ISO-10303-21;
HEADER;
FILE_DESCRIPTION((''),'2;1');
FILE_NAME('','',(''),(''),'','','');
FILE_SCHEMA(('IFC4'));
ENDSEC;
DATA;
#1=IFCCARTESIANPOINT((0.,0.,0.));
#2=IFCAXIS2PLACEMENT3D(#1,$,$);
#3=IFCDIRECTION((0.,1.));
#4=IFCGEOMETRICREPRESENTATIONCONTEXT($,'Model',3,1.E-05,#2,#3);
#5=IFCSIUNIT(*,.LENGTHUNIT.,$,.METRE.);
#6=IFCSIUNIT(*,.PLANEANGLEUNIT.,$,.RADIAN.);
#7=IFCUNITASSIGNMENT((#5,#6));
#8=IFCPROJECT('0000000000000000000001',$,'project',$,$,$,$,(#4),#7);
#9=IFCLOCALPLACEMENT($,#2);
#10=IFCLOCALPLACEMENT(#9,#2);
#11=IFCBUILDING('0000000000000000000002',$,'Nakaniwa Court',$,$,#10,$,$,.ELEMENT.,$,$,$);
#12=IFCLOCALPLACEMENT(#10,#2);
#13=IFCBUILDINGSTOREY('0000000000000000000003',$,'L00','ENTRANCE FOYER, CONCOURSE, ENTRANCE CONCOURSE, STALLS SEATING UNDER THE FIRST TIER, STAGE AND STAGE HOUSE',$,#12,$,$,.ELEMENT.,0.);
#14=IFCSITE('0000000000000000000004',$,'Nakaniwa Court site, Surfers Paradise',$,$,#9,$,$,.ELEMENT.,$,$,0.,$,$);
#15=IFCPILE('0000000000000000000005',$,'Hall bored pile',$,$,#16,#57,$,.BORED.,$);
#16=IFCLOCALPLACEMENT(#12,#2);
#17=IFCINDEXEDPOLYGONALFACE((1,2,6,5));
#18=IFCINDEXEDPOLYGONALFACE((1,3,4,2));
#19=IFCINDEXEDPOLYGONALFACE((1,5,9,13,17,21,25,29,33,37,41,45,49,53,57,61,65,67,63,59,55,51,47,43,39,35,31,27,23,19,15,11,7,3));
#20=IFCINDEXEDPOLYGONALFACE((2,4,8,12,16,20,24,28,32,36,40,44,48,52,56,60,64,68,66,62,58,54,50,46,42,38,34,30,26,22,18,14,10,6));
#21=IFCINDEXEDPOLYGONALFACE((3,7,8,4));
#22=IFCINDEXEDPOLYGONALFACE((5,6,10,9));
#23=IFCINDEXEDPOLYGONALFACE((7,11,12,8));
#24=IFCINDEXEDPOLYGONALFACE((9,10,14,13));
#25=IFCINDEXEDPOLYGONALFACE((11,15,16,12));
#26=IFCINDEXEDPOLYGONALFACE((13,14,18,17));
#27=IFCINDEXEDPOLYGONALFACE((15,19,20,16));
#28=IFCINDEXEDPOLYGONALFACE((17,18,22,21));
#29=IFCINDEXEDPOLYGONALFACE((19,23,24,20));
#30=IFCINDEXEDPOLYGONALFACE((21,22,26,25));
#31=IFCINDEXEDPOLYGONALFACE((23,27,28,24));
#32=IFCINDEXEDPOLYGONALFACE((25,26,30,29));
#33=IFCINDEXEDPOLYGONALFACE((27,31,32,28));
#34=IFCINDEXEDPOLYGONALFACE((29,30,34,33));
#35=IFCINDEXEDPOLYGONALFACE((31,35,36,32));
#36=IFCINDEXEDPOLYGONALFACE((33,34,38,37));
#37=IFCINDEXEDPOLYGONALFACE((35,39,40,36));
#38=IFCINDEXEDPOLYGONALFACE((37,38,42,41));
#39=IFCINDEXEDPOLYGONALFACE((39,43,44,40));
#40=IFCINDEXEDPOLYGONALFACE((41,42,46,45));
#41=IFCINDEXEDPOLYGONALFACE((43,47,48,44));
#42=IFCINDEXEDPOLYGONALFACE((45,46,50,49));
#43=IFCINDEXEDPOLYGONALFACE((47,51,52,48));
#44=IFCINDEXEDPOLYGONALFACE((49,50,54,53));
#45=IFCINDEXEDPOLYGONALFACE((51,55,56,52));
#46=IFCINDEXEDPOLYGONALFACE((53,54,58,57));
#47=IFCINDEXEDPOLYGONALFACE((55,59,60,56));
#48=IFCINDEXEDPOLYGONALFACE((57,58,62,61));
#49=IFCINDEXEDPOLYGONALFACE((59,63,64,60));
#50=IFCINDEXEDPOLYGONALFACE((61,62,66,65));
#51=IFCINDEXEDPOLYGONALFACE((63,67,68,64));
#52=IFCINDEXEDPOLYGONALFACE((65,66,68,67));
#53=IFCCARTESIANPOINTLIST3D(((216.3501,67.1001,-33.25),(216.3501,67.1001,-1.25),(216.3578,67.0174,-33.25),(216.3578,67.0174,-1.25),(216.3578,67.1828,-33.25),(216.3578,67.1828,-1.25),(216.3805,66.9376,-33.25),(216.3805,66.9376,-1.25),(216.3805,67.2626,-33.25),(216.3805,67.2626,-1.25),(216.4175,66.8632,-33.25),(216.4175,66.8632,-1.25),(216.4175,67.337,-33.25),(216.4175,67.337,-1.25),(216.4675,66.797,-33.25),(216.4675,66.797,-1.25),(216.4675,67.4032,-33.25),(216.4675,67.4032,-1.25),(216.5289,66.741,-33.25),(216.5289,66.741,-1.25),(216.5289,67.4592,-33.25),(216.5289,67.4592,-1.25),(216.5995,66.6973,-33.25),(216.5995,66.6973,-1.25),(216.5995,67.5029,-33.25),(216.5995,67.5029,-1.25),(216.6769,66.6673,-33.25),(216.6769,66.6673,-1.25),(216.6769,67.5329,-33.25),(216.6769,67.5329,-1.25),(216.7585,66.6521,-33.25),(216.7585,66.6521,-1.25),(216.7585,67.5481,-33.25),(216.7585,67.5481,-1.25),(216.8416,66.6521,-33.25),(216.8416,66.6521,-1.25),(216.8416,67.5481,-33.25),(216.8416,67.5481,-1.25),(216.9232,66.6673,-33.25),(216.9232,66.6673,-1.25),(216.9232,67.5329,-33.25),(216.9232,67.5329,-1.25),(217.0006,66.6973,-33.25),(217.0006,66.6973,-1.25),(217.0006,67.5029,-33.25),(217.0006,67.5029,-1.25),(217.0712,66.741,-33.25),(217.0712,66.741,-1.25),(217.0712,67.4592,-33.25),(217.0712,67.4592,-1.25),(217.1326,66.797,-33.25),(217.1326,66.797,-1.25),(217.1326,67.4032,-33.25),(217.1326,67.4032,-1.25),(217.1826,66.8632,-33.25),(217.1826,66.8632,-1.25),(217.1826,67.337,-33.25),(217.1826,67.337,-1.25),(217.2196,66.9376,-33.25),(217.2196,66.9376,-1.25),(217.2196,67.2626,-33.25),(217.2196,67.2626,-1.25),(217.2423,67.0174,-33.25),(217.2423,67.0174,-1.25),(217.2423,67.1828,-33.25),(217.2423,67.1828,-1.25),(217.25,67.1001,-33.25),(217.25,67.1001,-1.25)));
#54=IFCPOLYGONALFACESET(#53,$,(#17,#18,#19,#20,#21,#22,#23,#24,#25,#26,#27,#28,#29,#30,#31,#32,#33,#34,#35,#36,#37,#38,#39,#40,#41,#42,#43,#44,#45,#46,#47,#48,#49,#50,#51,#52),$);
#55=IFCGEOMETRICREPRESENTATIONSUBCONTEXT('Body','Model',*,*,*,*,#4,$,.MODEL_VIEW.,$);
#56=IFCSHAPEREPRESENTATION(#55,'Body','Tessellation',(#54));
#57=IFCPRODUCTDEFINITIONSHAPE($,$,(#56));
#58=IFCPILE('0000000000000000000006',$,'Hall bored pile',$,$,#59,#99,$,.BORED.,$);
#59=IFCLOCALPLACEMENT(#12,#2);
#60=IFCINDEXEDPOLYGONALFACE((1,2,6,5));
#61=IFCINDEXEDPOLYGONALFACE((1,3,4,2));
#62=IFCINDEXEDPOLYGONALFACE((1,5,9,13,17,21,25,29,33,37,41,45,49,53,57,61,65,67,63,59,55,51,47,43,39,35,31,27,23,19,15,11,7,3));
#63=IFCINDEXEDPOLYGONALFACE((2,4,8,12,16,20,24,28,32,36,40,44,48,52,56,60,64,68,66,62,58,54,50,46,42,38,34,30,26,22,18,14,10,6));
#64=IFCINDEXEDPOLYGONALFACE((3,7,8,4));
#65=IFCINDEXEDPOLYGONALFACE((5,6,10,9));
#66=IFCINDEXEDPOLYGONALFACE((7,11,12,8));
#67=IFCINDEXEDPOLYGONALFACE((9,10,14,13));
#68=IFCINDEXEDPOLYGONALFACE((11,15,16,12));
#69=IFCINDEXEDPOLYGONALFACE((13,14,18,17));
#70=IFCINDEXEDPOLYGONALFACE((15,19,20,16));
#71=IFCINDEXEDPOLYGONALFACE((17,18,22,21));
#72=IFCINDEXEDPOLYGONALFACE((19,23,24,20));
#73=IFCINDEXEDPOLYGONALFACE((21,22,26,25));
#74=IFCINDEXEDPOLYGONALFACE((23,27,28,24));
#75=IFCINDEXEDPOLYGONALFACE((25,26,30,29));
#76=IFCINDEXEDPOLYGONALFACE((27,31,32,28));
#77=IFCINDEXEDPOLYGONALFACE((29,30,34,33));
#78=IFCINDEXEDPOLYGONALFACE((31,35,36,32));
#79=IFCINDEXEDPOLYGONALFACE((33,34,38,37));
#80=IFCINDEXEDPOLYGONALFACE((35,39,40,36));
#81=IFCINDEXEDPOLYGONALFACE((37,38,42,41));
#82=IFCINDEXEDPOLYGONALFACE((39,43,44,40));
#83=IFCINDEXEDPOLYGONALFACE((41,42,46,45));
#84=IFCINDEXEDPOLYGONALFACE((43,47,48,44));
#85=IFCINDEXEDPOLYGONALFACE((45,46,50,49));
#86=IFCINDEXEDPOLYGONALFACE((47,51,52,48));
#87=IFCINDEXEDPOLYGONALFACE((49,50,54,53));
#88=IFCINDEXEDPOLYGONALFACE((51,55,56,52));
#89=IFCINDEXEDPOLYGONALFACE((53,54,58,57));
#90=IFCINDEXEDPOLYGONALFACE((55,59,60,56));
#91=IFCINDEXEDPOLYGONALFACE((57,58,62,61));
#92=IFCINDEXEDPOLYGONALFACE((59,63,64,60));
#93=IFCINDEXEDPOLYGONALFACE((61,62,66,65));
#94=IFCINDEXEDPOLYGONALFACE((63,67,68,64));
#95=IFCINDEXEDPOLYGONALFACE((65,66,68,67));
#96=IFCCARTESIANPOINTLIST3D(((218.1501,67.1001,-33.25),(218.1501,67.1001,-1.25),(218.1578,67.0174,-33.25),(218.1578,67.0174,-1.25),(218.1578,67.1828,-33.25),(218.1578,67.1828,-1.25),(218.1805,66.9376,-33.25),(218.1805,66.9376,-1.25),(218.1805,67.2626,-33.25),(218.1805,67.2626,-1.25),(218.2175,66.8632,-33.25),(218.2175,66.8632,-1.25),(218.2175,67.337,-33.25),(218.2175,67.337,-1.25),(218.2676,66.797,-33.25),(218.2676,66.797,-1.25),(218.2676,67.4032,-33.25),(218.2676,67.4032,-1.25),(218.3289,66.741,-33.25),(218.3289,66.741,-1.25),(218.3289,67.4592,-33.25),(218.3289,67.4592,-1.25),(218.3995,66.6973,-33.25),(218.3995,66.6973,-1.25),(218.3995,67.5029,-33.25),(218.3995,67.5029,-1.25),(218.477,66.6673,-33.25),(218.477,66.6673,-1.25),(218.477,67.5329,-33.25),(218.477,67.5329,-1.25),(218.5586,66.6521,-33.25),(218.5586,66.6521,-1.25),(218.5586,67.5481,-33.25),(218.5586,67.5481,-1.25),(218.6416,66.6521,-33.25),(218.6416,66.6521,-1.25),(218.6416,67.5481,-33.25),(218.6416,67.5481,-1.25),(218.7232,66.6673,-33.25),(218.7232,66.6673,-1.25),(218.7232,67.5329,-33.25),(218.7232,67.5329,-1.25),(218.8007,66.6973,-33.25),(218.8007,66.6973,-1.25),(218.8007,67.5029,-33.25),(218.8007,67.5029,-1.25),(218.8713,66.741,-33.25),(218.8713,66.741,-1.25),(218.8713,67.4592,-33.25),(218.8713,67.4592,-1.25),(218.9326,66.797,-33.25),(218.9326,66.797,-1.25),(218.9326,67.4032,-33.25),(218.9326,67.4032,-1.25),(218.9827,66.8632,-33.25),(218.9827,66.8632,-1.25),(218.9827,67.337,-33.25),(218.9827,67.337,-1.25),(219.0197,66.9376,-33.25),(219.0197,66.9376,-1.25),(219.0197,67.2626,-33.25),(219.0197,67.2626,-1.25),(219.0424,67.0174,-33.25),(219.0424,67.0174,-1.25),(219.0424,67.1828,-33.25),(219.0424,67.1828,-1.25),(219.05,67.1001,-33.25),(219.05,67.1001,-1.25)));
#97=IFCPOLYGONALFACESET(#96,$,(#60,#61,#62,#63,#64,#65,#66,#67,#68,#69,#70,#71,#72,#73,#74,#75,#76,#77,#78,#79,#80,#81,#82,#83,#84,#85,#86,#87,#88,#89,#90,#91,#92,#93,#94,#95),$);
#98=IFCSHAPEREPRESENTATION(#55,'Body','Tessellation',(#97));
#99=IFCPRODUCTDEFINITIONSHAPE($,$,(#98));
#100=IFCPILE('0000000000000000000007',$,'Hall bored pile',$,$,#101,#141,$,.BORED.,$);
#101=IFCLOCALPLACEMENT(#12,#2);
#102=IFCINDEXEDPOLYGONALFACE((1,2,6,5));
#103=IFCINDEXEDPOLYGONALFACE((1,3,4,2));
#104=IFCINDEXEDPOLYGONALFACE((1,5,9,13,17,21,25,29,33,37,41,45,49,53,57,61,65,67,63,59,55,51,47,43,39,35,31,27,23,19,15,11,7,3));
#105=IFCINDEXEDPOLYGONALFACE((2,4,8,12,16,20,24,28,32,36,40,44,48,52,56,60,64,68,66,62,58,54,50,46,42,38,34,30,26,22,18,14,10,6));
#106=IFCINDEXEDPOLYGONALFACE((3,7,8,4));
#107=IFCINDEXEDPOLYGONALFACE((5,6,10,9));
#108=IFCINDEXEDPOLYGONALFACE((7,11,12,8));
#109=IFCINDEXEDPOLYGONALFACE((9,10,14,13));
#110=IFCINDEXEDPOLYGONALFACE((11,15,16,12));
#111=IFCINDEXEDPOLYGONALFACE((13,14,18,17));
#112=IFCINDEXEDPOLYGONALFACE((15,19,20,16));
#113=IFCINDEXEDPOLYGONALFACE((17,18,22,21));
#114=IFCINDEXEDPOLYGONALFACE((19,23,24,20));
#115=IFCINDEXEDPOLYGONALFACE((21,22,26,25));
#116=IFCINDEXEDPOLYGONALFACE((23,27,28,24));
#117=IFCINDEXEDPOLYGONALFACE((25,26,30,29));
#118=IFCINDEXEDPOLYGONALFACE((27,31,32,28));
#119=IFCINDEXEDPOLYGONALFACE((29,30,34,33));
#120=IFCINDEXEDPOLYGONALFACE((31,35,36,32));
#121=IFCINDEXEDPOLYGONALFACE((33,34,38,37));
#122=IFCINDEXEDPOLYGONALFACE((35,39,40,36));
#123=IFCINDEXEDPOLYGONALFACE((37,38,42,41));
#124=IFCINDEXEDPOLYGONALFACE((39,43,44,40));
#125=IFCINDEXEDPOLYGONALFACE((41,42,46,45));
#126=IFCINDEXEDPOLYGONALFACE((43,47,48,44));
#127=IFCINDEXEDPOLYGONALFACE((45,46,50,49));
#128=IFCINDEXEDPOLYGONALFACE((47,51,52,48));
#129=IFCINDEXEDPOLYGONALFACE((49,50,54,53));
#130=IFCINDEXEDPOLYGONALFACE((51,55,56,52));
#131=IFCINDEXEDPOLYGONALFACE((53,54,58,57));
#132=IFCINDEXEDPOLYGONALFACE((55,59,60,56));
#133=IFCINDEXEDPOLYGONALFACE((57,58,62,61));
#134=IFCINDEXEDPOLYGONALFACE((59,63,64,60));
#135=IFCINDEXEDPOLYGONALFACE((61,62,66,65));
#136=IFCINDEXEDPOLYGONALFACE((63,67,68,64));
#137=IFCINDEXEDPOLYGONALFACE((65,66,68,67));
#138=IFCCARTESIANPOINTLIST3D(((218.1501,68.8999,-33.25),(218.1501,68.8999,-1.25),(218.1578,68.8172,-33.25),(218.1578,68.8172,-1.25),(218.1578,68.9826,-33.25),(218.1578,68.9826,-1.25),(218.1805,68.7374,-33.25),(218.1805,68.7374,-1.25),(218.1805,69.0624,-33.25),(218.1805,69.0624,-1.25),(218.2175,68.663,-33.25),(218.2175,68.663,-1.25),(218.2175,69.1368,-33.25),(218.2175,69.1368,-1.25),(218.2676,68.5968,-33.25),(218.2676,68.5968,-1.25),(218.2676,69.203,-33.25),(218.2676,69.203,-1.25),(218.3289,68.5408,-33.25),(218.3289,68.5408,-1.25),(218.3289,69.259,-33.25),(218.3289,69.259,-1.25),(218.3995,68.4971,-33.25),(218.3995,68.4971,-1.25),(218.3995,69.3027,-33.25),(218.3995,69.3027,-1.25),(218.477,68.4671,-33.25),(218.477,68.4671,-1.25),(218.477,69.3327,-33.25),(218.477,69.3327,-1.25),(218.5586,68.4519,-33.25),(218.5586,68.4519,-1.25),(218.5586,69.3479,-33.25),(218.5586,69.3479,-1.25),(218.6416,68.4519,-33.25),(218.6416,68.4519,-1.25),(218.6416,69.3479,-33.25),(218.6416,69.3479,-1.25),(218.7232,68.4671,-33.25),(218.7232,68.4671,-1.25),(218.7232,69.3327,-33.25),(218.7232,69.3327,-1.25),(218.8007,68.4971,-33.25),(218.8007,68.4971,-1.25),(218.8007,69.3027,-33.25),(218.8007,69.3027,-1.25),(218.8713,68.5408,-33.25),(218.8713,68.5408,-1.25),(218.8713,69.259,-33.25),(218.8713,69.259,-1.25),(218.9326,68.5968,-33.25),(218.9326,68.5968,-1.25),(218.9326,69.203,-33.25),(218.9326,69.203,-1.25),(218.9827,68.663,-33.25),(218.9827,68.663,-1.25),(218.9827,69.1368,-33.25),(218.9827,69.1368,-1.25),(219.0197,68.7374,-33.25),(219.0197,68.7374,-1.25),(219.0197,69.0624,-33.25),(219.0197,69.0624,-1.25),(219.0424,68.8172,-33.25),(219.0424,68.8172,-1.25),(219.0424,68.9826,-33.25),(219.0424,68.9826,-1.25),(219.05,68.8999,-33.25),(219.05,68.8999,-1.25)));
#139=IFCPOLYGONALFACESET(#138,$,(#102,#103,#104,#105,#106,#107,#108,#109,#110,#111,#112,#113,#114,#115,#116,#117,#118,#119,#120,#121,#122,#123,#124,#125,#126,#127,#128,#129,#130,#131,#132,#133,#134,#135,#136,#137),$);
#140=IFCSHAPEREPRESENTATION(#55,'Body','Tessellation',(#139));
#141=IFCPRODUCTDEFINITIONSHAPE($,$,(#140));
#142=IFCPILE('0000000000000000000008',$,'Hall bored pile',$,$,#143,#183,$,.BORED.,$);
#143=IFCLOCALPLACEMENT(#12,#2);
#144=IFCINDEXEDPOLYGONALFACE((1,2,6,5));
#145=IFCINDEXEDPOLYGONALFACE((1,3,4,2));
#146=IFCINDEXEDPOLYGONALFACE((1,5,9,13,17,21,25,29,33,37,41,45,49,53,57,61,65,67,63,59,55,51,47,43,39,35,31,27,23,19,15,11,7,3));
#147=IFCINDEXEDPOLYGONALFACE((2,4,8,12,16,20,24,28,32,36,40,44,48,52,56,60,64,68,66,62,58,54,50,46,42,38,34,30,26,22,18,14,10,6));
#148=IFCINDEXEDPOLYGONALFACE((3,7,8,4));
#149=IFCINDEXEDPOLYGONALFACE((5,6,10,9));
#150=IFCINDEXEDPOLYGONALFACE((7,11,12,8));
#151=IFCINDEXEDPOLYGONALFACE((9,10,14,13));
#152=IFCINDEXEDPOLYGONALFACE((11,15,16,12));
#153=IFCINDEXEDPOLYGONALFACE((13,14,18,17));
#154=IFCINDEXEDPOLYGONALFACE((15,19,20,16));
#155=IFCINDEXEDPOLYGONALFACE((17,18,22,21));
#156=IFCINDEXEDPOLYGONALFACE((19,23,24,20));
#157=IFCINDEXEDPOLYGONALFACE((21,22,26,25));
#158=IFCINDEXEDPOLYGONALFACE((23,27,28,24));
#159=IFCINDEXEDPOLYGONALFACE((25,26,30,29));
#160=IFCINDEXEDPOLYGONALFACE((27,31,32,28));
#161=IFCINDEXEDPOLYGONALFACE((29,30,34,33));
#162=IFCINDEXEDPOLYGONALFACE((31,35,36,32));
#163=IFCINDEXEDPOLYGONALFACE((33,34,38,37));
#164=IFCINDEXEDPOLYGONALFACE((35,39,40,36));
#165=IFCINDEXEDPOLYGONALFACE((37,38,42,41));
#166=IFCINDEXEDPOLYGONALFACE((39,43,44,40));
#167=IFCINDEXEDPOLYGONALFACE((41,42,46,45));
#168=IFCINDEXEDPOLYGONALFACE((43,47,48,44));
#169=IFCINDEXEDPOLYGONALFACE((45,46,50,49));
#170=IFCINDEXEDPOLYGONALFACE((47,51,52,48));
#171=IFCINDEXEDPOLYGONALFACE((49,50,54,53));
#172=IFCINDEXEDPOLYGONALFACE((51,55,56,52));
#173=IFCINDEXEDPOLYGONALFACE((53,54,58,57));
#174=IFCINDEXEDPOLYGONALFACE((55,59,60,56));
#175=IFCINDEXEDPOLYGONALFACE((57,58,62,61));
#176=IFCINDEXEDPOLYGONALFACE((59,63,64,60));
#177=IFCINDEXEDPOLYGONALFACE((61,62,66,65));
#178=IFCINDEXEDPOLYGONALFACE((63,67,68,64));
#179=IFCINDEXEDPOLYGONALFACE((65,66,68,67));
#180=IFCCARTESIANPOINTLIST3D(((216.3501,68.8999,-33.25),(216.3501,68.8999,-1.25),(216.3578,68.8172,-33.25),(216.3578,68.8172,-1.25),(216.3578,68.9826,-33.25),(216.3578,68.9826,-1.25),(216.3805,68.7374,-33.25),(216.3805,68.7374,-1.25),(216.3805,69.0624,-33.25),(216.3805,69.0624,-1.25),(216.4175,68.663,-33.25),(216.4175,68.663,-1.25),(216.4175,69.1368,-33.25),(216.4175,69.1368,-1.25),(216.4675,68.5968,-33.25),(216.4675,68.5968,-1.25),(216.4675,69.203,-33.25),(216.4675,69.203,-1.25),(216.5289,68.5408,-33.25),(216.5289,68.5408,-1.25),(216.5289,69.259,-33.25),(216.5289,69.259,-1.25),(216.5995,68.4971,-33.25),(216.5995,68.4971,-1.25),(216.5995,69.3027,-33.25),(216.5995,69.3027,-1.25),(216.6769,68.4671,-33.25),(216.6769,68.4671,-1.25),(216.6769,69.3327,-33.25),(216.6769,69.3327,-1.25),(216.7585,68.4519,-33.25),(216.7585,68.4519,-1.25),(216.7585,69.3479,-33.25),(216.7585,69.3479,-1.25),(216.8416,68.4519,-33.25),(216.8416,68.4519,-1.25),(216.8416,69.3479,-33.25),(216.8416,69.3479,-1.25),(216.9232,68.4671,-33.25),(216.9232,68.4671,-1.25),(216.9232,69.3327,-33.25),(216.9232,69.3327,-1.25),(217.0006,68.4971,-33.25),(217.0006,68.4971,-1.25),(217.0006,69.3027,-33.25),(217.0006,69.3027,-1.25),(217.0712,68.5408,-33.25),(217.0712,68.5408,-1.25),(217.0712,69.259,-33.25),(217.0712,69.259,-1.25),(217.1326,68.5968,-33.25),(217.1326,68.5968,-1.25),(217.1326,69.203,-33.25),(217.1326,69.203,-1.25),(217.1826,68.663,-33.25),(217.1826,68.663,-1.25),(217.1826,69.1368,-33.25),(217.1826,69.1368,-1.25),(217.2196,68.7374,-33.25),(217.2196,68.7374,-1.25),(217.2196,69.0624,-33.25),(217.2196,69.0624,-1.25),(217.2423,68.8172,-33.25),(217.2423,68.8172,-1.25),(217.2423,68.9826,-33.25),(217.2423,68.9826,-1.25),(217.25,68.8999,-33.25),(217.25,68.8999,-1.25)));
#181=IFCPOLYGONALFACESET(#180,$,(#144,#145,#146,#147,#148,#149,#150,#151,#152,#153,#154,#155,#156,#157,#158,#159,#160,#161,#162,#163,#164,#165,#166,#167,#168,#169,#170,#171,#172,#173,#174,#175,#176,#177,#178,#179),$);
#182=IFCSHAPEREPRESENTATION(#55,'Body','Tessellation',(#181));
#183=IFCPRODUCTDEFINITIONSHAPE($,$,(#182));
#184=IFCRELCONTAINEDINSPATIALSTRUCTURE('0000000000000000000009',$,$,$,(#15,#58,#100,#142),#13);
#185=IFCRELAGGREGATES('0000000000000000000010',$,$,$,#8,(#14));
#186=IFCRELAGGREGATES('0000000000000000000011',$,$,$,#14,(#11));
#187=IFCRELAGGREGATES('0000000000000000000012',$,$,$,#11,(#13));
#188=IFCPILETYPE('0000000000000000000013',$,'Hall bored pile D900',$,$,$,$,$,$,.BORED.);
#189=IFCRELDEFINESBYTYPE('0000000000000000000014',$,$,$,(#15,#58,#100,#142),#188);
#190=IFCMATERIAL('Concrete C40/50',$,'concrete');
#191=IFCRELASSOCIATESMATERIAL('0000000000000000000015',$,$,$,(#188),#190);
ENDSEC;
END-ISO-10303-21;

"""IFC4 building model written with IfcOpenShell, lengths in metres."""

from ifc_helpers import new_model, si_unit, direction, frame, origin, origin_2d, place, context, subcontext, project, spatial, circle, extrude, material, material_profile, profile_set, type_object, element, save


model = new_model("IFC4")

# Units and contexts
model_context = context("Model", 3, precision=1e-05, world=origin(), true_north=direction((0.0, 1.0)))
body_context = subcontext(model_context, "Body", "Model", "MODEL_VIEW")
ifc_project = project(units=[si_unit("LENGTHUNIT", "METRE"), si_unit("PLANEANGLEUNIT", "RADIAN")], contexts=[model_context])

# Site, building, storey
site_placement = place(None, origin())
site = spatial("IfcSite", under=ifc_project, at=site_placement, Name="Nakaniwa Court site, Surfers Paradise", CompositionType="ELEMENT", RefElevation=0.0)
building_placement = place(site_placement, origin())
building = spatial("IfcBuilding", under=site, at=building_placement, Name="Nakaniwa Court", CompositionType="ELEMENT")
storey_placement = place(building_placement, origin())
storey = spatial("IfcBuildingStorey", under=building, at=storey_placement, Name="L00", Description="ENTRANCE FOYER, CONCOURSE, ENTRANCE CONCOURSE, STALLS SEATING UNDER THE FIRST TIER, STAGE AND STAGE HOUSE", CompositionType="ELEMENT", Elevation=0.0)

# Piles
ifc_material_1 = material(Name="Concrete C40/50", Category="concrete")
ifc_material_profile_1 = material_profile(ifc_material_1, circle(Radius=0.45, at=origin_2d()), Name="Bored pile D900")
ifc_profile_set_1 = profile_set([ifc_material_profile_1], Name="Concrete C40/50")
pile_type = type_object("IfcPileType", Name="Hall bored pile D900", PredefinedType="BORED", material=ifc_profile_set_1)
for number, where, z_axis, x_axis, name in (
    (1, (216.8, 67.1001, -1.25), (0.0, 0.0, -1.0), (1.0, 0.0, 0.0), "Hall bored pile"),
    (2, (218.6001, 67.1001, -1.25), (0.0, 0.0, -1.0), (1.0, 0.0, 0.0), "Hall bored pile"),
    (3, (218.6001, 68.8999, -1.25), (0.0, 0.0, -1.0), (1.0, 0.0, 0.0), "Hall bored pile"),
    (4, (216.8, 68.8999, -1.25), (0.0, 0.0, -1.0), (1.0, 0.0, 0.0), "Hall bored pile"),
):
    element("IfcPile", number, at=place(storey_placement, frame(where, z_axis=z_axis, x_axis=x_axis)), inside=storey, type_object=pile_type, Name=name, PredefinedType="BORED", context=body_context, shape_type="SweptSolid", body=[
        extrude(circle(Radius=0.45, at=origin_2d()), origin(), (0.0, 0.0, 1.0), 32.0),
    ])

save(model, "model.ifc")
